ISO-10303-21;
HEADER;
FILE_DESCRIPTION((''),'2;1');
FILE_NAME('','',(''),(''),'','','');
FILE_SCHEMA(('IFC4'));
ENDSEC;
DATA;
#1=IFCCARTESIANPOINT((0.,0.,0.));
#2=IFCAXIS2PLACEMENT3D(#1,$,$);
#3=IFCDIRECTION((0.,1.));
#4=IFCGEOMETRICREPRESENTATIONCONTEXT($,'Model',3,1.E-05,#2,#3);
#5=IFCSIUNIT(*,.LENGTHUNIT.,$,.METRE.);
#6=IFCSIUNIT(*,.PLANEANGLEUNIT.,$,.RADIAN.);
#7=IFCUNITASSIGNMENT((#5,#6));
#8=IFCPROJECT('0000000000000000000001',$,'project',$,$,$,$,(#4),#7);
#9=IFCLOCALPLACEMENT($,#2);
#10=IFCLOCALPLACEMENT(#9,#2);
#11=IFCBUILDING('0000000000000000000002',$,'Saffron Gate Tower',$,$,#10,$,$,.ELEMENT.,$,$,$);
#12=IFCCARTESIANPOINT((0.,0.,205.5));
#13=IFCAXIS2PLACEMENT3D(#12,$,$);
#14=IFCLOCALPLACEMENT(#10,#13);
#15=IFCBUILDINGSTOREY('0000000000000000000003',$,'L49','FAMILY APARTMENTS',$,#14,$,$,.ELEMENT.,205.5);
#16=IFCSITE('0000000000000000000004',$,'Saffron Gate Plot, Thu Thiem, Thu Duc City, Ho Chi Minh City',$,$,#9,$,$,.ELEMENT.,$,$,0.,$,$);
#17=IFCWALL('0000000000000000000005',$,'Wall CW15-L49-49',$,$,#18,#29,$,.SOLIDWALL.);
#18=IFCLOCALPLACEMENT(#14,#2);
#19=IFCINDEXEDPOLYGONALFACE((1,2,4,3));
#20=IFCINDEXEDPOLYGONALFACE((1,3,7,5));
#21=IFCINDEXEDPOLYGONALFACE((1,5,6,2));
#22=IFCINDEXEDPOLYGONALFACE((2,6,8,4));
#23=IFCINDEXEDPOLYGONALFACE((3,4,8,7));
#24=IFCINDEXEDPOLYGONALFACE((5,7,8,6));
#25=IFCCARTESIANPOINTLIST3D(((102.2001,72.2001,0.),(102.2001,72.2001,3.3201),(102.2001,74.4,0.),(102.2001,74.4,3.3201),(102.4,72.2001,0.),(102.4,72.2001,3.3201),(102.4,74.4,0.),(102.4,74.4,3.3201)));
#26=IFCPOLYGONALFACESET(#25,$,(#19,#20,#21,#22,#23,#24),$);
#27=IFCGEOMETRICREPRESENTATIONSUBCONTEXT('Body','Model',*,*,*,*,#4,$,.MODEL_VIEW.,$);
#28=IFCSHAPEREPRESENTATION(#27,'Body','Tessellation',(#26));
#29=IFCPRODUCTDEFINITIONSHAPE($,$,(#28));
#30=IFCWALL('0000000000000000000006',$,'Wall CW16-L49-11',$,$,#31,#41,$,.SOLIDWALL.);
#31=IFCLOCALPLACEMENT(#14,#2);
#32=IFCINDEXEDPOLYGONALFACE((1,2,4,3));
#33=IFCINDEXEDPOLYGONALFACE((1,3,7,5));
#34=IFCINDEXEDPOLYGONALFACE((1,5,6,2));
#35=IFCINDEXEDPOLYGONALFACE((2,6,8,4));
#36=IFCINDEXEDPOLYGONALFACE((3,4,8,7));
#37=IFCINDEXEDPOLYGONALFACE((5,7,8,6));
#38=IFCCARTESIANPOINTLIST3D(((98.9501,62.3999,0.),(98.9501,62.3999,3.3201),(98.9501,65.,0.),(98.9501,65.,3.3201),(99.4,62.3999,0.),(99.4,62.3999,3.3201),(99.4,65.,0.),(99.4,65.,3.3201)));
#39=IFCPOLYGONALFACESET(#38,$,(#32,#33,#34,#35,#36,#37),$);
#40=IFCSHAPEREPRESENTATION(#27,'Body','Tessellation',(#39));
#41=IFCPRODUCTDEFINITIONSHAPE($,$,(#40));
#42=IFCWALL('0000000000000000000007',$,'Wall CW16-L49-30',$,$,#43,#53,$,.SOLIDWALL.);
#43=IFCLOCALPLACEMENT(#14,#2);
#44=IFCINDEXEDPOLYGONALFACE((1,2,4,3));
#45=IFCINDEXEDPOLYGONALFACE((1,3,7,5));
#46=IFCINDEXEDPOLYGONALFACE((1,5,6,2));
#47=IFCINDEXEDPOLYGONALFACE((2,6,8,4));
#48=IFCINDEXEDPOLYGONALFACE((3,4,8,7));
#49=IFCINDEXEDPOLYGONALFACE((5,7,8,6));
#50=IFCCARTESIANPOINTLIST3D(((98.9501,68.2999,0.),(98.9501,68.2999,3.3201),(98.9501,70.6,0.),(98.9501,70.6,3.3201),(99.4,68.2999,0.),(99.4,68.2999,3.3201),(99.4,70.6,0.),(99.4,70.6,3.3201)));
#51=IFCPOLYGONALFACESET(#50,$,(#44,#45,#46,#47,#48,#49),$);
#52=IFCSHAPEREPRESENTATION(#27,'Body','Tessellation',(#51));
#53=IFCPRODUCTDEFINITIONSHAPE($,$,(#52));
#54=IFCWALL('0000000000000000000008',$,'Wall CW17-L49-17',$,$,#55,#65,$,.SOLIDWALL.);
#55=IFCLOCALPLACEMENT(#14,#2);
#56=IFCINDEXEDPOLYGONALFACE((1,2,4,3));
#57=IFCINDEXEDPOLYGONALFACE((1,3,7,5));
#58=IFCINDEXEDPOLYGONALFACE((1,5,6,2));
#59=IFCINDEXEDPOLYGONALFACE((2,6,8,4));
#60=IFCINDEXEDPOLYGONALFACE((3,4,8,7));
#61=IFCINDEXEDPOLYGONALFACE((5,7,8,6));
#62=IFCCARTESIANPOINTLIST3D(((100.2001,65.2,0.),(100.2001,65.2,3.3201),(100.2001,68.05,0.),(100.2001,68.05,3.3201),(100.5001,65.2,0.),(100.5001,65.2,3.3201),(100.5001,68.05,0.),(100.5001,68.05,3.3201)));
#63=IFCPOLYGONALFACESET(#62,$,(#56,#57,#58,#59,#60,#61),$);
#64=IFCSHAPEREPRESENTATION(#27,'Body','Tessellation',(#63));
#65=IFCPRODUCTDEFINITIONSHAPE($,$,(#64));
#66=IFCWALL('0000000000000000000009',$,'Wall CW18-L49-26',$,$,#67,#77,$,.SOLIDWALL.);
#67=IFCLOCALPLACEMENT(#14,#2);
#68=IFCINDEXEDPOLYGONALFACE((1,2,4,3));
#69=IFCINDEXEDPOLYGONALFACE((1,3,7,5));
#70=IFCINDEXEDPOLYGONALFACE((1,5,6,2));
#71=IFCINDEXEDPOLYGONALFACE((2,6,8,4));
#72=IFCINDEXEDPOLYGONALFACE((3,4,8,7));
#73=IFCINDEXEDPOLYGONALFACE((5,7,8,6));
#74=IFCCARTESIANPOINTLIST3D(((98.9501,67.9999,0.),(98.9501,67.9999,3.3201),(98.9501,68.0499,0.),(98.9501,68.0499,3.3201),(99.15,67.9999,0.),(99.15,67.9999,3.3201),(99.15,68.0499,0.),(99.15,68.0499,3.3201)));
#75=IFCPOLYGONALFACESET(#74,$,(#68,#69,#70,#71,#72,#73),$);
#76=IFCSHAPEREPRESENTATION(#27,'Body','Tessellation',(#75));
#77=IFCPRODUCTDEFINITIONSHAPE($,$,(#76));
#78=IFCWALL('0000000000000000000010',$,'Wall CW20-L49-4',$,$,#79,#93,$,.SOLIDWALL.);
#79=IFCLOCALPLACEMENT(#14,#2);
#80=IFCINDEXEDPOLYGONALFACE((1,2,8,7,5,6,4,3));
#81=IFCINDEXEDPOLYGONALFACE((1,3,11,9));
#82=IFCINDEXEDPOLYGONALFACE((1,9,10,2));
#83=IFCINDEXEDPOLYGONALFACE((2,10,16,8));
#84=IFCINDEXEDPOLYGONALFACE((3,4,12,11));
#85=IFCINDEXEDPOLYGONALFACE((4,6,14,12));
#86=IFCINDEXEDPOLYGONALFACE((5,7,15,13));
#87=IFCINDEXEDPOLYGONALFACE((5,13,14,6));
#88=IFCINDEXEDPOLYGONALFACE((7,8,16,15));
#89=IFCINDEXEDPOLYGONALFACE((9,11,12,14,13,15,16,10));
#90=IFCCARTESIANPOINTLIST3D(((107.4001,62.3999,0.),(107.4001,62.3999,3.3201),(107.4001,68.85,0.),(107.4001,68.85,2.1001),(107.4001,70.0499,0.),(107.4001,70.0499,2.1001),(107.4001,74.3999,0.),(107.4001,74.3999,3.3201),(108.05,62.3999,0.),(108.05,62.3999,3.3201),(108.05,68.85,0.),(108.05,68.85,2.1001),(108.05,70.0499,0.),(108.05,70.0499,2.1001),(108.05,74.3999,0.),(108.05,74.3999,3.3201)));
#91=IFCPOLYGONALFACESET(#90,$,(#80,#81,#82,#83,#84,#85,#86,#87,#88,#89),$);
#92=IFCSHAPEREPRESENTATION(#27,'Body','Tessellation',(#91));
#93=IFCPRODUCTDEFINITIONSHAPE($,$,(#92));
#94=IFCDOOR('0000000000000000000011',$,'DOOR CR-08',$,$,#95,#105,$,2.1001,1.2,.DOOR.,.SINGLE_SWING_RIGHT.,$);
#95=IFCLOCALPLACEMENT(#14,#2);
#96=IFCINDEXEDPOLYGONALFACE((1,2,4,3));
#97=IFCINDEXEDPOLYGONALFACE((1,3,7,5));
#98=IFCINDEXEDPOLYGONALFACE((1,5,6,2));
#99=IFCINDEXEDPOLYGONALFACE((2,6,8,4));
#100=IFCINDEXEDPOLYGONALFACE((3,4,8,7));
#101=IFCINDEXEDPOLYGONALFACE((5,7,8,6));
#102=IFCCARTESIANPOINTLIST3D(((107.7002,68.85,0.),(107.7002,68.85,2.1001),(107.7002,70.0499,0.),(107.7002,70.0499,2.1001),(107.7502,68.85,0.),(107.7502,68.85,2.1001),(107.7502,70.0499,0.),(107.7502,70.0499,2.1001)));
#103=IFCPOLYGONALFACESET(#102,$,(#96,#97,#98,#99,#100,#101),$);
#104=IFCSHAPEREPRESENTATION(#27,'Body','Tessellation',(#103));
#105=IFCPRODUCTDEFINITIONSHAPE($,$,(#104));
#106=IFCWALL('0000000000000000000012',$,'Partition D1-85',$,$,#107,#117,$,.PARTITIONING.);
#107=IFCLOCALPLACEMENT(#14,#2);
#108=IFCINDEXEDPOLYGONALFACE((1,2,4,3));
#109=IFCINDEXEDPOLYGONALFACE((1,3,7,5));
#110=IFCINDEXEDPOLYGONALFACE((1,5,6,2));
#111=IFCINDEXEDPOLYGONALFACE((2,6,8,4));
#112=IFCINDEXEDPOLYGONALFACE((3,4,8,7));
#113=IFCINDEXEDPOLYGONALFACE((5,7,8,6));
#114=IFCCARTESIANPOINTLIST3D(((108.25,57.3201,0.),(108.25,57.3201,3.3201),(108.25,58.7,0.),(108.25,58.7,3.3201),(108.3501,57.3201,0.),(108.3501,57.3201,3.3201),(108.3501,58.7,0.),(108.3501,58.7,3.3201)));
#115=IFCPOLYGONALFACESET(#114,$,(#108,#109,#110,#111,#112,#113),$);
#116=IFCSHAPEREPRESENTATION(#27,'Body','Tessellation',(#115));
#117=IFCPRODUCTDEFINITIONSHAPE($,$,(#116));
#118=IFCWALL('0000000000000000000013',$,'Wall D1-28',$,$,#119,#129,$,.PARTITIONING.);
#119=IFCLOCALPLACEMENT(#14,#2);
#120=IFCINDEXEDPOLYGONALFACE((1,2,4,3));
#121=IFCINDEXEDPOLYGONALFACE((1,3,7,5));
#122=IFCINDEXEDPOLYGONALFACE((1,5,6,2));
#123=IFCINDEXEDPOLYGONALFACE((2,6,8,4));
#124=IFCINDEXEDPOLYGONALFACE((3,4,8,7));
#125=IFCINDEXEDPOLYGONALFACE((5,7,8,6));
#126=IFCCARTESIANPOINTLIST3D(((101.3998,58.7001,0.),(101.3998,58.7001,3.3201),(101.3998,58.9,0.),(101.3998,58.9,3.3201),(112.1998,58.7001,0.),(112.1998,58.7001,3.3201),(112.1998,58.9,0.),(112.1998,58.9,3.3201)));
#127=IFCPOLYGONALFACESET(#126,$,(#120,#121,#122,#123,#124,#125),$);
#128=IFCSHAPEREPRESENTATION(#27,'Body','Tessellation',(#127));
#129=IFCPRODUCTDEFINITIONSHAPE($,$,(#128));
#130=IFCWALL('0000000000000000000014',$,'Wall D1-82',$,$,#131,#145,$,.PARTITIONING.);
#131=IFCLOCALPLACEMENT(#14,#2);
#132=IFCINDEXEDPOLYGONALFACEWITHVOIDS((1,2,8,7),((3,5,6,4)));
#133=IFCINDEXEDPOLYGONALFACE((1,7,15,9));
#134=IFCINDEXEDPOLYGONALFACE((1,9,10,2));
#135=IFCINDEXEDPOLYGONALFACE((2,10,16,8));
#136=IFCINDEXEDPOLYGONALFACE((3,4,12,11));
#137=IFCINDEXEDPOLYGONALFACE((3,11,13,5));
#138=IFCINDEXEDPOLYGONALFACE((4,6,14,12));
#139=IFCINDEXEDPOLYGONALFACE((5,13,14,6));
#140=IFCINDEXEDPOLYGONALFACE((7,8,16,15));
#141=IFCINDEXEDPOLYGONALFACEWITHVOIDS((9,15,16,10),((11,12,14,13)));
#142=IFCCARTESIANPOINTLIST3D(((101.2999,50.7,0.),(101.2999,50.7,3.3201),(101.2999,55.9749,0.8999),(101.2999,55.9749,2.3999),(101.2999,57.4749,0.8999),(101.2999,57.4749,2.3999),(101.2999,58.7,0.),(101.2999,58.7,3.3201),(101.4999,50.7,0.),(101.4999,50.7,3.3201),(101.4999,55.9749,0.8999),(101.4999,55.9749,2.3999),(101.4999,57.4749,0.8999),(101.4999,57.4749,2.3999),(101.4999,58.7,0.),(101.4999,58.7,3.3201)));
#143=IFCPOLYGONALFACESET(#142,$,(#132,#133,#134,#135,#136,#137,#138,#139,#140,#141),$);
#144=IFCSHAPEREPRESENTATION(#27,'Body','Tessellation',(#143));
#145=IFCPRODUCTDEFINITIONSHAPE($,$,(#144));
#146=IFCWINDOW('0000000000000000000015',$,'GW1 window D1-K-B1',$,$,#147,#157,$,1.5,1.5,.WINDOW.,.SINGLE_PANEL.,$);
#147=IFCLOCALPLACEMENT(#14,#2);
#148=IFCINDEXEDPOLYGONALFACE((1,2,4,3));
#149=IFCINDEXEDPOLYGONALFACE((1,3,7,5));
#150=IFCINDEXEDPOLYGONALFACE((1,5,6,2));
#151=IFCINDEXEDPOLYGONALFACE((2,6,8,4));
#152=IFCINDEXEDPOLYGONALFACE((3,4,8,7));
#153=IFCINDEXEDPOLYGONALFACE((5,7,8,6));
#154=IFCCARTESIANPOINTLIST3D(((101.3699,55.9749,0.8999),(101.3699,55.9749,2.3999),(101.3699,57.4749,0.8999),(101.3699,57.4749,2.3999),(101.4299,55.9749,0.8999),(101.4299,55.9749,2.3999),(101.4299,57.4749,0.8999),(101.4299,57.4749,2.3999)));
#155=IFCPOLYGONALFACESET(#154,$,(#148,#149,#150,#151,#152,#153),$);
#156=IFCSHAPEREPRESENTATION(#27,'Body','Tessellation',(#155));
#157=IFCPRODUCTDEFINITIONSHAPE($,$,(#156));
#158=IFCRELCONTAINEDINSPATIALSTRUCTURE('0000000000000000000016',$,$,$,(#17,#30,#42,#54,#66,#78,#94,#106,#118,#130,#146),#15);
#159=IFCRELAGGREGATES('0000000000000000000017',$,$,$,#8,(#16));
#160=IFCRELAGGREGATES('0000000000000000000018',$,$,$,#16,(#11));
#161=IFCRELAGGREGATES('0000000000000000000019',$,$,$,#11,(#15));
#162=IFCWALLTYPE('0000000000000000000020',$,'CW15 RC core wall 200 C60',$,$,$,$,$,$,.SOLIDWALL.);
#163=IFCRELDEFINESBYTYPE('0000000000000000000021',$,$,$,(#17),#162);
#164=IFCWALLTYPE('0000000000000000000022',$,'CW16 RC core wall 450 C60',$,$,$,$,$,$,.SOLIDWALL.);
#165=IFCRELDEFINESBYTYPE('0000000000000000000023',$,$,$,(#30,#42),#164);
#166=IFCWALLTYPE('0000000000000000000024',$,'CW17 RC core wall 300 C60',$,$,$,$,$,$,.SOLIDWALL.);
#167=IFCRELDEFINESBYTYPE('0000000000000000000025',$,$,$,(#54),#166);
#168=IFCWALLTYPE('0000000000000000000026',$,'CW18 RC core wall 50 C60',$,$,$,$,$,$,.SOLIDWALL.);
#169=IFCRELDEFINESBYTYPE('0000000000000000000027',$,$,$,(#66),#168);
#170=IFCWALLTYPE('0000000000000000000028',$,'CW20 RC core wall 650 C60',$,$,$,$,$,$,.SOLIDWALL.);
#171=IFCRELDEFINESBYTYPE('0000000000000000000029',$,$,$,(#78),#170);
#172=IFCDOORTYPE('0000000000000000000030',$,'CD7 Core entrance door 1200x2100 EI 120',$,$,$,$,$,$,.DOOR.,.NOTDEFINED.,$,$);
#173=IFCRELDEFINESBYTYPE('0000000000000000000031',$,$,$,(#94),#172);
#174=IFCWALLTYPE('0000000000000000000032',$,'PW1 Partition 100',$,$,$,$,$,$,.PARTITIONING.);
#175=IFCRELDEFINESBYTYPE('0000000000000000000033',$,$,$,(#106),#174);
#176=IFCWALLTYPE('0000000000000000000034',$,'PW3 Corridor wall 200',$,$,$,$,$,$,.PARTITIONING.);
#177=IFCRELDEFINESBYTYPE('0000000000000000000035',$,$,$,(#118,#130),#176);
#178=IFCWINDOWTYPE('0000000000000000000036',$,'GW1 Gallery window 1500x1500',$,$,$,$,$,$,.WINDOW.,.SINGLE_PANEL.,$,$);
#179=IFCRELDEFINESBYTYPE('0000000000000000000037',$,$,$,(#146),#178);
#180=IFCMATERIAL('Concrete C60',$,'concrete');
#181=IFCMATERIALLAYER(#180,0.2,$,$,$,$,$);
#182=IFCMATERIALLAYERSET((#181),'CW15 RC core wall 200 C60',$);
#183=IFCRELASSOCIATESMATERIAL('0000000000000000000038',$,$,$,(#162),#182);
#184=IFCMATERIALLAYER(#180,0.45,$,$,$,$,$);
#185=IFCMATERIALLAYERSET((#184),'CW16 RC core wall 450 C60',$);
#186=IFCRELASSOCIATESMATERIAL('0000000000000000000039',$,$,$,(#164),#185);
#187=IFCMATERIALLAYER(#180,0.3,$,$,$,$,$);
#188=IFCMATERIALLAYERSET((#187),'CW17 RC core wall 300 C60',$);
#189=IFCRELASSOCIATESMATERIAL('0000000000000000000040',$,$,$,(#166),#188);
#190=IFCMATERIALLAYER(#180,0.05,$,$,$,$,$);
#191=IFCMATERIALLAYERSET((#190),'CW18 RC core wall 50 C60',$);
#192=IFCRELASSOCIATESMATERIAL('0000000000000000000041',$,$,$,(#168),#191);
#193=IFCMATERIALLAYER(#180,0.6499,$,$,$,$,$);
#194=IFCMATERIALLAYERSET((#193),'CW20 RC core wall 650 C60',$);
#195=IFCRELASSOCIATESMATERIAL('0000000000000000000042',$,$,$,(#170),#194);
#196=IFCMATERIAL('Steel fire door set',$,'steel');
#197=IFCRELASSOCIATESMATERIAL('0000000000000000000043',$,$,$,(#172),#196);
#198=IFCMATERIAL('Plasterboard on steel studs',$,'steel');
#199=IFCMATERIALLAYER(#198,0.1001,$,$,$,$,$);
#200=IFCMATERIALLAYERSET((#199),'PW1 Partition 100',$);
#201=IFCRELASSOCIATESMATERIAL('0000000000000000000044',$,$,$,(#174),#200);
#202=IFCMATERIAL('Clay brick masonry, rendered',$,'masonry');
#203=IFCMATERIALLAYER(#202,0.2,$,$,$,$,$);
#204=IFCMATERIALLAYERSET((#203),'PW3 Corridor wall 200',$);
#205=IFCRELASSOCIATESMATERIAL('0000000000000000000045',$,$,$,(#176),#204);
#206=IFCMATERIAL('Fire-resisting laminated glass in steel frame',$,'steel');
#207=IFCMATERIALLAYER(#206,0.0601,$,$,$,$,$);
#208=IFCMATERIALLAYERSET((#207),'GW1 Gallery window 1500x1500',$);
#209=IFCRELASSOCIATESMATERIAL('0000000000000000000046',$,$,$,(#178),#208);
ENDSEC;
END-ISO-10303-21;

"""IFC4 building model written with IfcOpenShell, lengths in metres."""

from ifc_helpers import new_model, si_unit, direction, frame, frame_2d, origin, place, context, subcontext, project, spatial, rectangle, extrude, material, layer, layer_set, type_object, element, fill, save


model = new_model("IFC4")

# Units and contexts
model_context = context("Model", 3, precision=1e-05, world=origin(), true_north=direction((0.0, 1.0)))
body_context = subcontext(model_context, "Body", "Model", "MODEL_VIEW")
ifc_project = project(units=[si_unit("LENGTHUNIT", "METRE"), si_unit("PLANEANGLEUNIT", "RADIAN")], contexts=[model_context])

# Site, building, storey
site_placement = place(None, origin())
site = spatial("IfcSite", under=ifc_project, at=site_placement, Name="Saffron Gate Plot, Thu Thiem, Thu Duc City, Ho Chi Minh City", CompositionType="ELEMENT", RefElevation=0.0)
building_placement = place(site_placement, origin())
building = spatial("IfcBuilding", under=site, at=building_placement, Name="Saffron Gate Tower", CompositionType="ELEMENT")
storey_placement = place(building_placement, frame((0.0, 0.0, 205.5)))
storey = spatial("IfcBuildingStorey", under=building, at=storey_placement, Name="L49", Description="FAMILY APARTMENTS", CompositionType="ELEMENT", Elevation=205.5)

# Shared definitions
ifc_material_1 = material(Name="Concrete C60", Category="concrete")
ifc_material_2 = material(Name="Steel fire door set", Category="steel")

# Walls
ifc_layer_1 = layer(ifc_material_1, 0.2)
ifc_layer_set_1 = layer_set([ifc_layer_1], Name="CW15 RC core wall 200 C60")
wall_type_1 = type_object("IfcWallType", Name="CW15 RC core wall 200 C60", PredefinedType="SOLIDWALL", material=ifc_layer_set_1)
for number, where, z_axis, x_axis, name in (
    (1, (102.3, 72.2, 0.0), (0.0, 0.0, 1.0), (0.0, 1.0, 0.0), "Wall CW15-L49-49"),
):
    element("IfcWall", number, at=place(storey_placement, frame(where, z_axis=z_axis, x_axis=x_axis)), inside=storey, type_object=wall_type_1, Name=name, PredefinedType="SOLIDWALL", context=body_context, shape_type="SweptSolid", body=[
        extrude(rectangle(XDim=2.2, YDim=0.2, at=frame_2d((1.1001, 0.0))), origin(), (0.0, 0.0, 1.0), 3.3201),
    ])
ifc_layer_2 = layer(ifc_material_1, 0.45)
ifc_layer_set_2 = layer_set([ifc_layer_2], Name="CW16 RC core wall 450 C60")
wall_type_2 = type_object("IfcWallType", Name="CW16 RC core wall 450 C60", PredefinedType="SOLIDWALL", material=ifc_layer_set_2)
wall_1_placement = place(storey_placement, frame((99.175, 62.3999, 0.0), z_axis=(0.0, 0.0, 1.0), x_axis=(0.0, 1.0, 0.0)))
element("IfcWall", 2, at=wall_1_placement, inside=storey, type_object=wall_type_2, Name="Wall CW16-L49-11", PredefinedType="SOLIDWALL", context=body_context, shape_type="SweptSolid", body=[
    extrude(rectangle(XDim=2.6001, YDim=0.45, at=frame_2d((1.3, 0.0))), origin(), (0.0, 0.0, 1.0), 3.3201),
])
wall_2_placement = place(storey_placement, frame((99.175, 68.3, 0.0), z_axis=(0.0, 0.0, 1.0), x_axis=(0.0, 1.0, 0.0)))
element("IfcWall", 3, at=wall_2_placement, inside=storey, type_object=wall_type_2, Name="Wall CW16-L49-30", PredefinedType="SOLIDWALL", context=body_context, shape_type="SweptSolid", body=[
    extrude(rectangle(XDim=2.3, YDim=0.45, at=frame_2d((1.1499, 0.0))), origin(), (0.0, 0.0, 1.0), 3.3201),
])
ifc_layer_3 = layer(ifc_material_1, 0.3)
ifc_layer_set_3 = layer_set([ifc_layer_3], Name="CW17 RC core wall 300 C60")
wall_type_3 = type_object("IfcWallType", Name="CW17 RC core wall 300 C60", PredefinedType="SOLIDWALL", material=ifc_layer_set_3)
wall_3_placement = place(storey_placement, frame((100.3501, 65.2, 0.0), z_axis=(0.0, 0.0, 1.0), x_axis=(0.0, 1.0, 0.0)))
element("IfcWall", 4, at=wall_3_placement, inside=storey, type_object=wall_type_3, Name="Wall CW17-L49-17", PredefinedType="SOLIDWALL", context=body_context, shape_type="SweptSolid", body=[
    extrude(rectangle(XDim=2.8501, YDim=0.3, at=frame_2d((1.425, 0.0))), origin(), (0.0, 0.0, 1.0), 3.3201),
])
ifc_layer_4 = layer(ifc_material_1, 0.05)
ifc_layer_set_4 = layer_set([ifc_layer_4], Name="CW18 RC core wall 50 C60")
wall_type_4 = type_object("IfcWallType", Name="CW18 RC core wall 50 C60", PredefinedType="SOLIDWALL", material=ifc_layer_set_4)
wall_4_placement = place(storey_placement, frame((98.95, 68.0249, 0.0), z_axis=(0.0, 0.0, 1.0), x_axis=(1.0, 0.0, 0.0)))
element("IfcWall", 5, at=wall_4_placement, inside=storey, type_object=wall_type_4, Name="Wall CW18-L49-26", PredefinedType="SOLIDWALL", context=body_context, shape_type="SweptSolid", body=[
    extrude(rectangle(XDim=0.2, YDim=0.05, at=frame_2d((0.1001, 0.0))), origin(), (0.0, 0.0, 1.0), 3.3201),
])

# Wall, opening, door
ifc_layer_5 = layer(ifc_material_1, 0.6499)
ifc_layer_set_5 = layer_set([ifc_layer_5], Name="CW20 RC core wall 650 C60")
wall_type_5 = type_object("IfcWallType", Name="CW20 RC core wall 650 C60", PredefinedType="SOLIDWALL", material=ifc_layer_set_5)
wall_5_placement = place(storey_placement, frame((107.7251, 62.3999, 0.0), z_axis=(0.0, 0.0, 1.0), x_axis=(0.0, 1.0, 0.0)))
wall_5 = element("IfcWall", 6, at=wall_5_placement, inside=storey, type_object=wall_type_5, Name="Wall CW20-L49-4", PredefinedType="SOLIDWALL", context=body_context, shape_type="SweptSolid", body=[
    extrude(rectangle(XDim=12.0, YDim=0.6499, at=frame_2d((6.0, 0.0))), origin(), (0.0, 0.0, 1.0), 3.3201),
])
opening_1_placement = place(wall_5_placement, frame((6.45, 0.0, 0.0)))
opening_1 = element("IfcOpeningElement", 7, at=opening_1_placement, cuts=wall_5, PredefinedType="OPENING", context=body_context, shape_type="SweptSolid", body=[
    extrude(rectangle(XDim=1.2, YDim=2.1001, at=frame_2d((0.6001, 1.05))), frame((0.0, 0.335, 0.0), z_axis=(0.0, -1.0, 0.0), x_axis=(1.0, 0.0, 0.0)), (0.0, 0.0, 1.0), 0.6699),
])
door_type_1 = type_object("IfcDoorType", Name="CD7 Core entrance door 1200x2100 EI 120", OperationType="NOTDEFINED", PredefinedType="DOOR", material=ifc_material_2)
door_1_placement = place(opening_1_placement, origin())
door_1 = element("IfcDoor", 8, at=door_1_placement, inside=storey, type_object=door_type_1, Name="DOOR CR-08", OperationType="SINGLE_SWING_RIGHT", OverallHeight=2.1001, OverallWidth=1.2, PredefinedType="DOOR", context=body_context, shape_type="SweptSolid", body=[
    extrude(rectangle(XDim=1.2, YDim=2.1001, at=frame_2d((0.6001, 1.05))), frame((0.0, 0.0249, 0.0), z_axis=(0.0, -1.0, 0.0), x_axis=(1.0, 0.0, 0.0)), (0.0, 0.0, 1.0), 0.05),
])
fill(opening_1, door_1)

# Walls
ifc_material_3 = material(Name="Plasterboard on steel studs", Category="steel")
ifc_layer_6 = layer(ifc_material_3, 0.1001)
ifc_layer_set_6 = layer_set([ifc_layer_6], Name="PW1 Partition 100")
wall_type_6 = type_object("IfcWallType", Name="PW1 Partition 100", PredefinedType="PARTITIONING", material=ifc_layer_set_6)
wall_6_placement = place(storey_placement, frame((108.3, 58.7, 0.0), z_axis=(0.0, 0.0, 1.0), x_axis=(0.0, -1.0, 0.0)))
element("IfcWall", 9, at=wall_6_placement, inside=storey, type_object=wall_type_6, Name="Partition D1-85", PredefinedType="PARTITIONING", context=body_context, shape_type="SweptSolid", body=[
    extrude(rectangle(XDim=1.3799, YDim=0.1001, at=frame_2d((0.6899, 0.0))), origin(), (0.0, 0.0, 1.0), 3.3201),
])
ifc_material_4 = material(Name="Clay brick masonry, rendered", Category="masonry")
ifc_layer_7 = layer(ifc_material_4, 0.2)
ifc_layer_set_7 = layer_set([ifc_layer_7], Name="PW3 Corridor wall 200")
wall_type_7 = type_object("IfcWallType", Name="PW3 Corridor wall 200", PredefinedType="PARTITIONING", material=ifc_layer_set_7)
wall_7_placement = place(storey_placement, frame((101.3999, 58.8, 0.0), z_axis=(0.0, 0.0, 1.0), x_axis=(1.0, 0.0, 0.0)))
element("IfcWall", 10, at=wall_7_placement, inside=storey, type_object=wall_type_7, Name="Wall D1-28", PredefinedType="PARTITIONING", context=body_context, shape_type="SweptSolid", body=[
    extrude(rectangle(XDim=10.8, YDim=0.2, at=frame_2d((5.3999, 0.0))), origin(), (0.0, 0.0, 1.0), 3.3201),
])

# Wall, opening, window
wall_8_placement = place(storey_placement, frame((101.3999, 58.7, 0.0), z_axis=(0.0, 0.0, 1.0), x_axis=(0.0, -1.0, 0.0)))
wall_8 = element("IfcWall", 11, at=wall_8_placement, inside=storey, type_object=wall_type_7, Name="Wall D1-82", PredefinedType="PARTITIONING", context=body_context, shape_type="SweptSolid", body=[
    extrude(rectangle(XDim=8.0, YDim=0.2, at=frame_2d((4.0, 0.0))), origin(), (0.0, 0.0, 1.0), 3.3201),
])
opening_2_placement = place(wall_8_placement, frame((1.2251, 0.0, 0.8999)))
opening_2 = element("IfcOpeningElement", 12, at=opening_2_placement, cuts=wall_8, PredefinedType="OPENING", context=body_context, shape_type="SweptSolid", body=[
    extrude(rectangle(XDim=1.5, YDim=1.5, at=frame_2d((0.75, 0.75))), frame((0.0, 0.1099, 0.0), z_axis=(0.0, -1.0, 0.0), x_axis=(1.0, 0.0, 0.0)), (0.0, 0.0, 1.0), 0.22),
])
ifc_material_5 = material(Name="Fire-resisting laminated glass in steel frame", Category="steel")
ifc_layer_8 = layer(ifc_material_5, 0.0601)
ifc_layer_set_8 = layer_set([ifc_layer_8], Name="GW1 Gallery window 1500x1500")
window_type = type_object("IfcWindowType", Name="GW1 Gallery window 1500x1500", PartitioningType="SINGLE_PANEL", PredefinedType="WINDOW", material=ifc_layer_set_8)
window_placement = place(opening_2_placement, origin())
window = element("IfcWindow", 13, at=window_placement, inside=storey, type_object=window_type, Name="GW1 window D1-K-B1", OverallHeight=1.5, OverallWidth=1.5, PartitioningType="SINGLE_PANEL", PredefinedType="WINDOW", context=body_context, shape_type="SweptSolid", body=[
    extrude(rectangle(XDim=1.5, YDim=1.5, at=frame_2d((0.75, 0.75))), frame((0.0, 0.03, 0.0), z_axis=(0.0, -1.0, 0.0), x_axis=(1.0, 0.0, 0.0)), (0.0, 0.0, 1.0), 0.0601),
])
fill(opening_2, window)

save(model, "model.ifc")
